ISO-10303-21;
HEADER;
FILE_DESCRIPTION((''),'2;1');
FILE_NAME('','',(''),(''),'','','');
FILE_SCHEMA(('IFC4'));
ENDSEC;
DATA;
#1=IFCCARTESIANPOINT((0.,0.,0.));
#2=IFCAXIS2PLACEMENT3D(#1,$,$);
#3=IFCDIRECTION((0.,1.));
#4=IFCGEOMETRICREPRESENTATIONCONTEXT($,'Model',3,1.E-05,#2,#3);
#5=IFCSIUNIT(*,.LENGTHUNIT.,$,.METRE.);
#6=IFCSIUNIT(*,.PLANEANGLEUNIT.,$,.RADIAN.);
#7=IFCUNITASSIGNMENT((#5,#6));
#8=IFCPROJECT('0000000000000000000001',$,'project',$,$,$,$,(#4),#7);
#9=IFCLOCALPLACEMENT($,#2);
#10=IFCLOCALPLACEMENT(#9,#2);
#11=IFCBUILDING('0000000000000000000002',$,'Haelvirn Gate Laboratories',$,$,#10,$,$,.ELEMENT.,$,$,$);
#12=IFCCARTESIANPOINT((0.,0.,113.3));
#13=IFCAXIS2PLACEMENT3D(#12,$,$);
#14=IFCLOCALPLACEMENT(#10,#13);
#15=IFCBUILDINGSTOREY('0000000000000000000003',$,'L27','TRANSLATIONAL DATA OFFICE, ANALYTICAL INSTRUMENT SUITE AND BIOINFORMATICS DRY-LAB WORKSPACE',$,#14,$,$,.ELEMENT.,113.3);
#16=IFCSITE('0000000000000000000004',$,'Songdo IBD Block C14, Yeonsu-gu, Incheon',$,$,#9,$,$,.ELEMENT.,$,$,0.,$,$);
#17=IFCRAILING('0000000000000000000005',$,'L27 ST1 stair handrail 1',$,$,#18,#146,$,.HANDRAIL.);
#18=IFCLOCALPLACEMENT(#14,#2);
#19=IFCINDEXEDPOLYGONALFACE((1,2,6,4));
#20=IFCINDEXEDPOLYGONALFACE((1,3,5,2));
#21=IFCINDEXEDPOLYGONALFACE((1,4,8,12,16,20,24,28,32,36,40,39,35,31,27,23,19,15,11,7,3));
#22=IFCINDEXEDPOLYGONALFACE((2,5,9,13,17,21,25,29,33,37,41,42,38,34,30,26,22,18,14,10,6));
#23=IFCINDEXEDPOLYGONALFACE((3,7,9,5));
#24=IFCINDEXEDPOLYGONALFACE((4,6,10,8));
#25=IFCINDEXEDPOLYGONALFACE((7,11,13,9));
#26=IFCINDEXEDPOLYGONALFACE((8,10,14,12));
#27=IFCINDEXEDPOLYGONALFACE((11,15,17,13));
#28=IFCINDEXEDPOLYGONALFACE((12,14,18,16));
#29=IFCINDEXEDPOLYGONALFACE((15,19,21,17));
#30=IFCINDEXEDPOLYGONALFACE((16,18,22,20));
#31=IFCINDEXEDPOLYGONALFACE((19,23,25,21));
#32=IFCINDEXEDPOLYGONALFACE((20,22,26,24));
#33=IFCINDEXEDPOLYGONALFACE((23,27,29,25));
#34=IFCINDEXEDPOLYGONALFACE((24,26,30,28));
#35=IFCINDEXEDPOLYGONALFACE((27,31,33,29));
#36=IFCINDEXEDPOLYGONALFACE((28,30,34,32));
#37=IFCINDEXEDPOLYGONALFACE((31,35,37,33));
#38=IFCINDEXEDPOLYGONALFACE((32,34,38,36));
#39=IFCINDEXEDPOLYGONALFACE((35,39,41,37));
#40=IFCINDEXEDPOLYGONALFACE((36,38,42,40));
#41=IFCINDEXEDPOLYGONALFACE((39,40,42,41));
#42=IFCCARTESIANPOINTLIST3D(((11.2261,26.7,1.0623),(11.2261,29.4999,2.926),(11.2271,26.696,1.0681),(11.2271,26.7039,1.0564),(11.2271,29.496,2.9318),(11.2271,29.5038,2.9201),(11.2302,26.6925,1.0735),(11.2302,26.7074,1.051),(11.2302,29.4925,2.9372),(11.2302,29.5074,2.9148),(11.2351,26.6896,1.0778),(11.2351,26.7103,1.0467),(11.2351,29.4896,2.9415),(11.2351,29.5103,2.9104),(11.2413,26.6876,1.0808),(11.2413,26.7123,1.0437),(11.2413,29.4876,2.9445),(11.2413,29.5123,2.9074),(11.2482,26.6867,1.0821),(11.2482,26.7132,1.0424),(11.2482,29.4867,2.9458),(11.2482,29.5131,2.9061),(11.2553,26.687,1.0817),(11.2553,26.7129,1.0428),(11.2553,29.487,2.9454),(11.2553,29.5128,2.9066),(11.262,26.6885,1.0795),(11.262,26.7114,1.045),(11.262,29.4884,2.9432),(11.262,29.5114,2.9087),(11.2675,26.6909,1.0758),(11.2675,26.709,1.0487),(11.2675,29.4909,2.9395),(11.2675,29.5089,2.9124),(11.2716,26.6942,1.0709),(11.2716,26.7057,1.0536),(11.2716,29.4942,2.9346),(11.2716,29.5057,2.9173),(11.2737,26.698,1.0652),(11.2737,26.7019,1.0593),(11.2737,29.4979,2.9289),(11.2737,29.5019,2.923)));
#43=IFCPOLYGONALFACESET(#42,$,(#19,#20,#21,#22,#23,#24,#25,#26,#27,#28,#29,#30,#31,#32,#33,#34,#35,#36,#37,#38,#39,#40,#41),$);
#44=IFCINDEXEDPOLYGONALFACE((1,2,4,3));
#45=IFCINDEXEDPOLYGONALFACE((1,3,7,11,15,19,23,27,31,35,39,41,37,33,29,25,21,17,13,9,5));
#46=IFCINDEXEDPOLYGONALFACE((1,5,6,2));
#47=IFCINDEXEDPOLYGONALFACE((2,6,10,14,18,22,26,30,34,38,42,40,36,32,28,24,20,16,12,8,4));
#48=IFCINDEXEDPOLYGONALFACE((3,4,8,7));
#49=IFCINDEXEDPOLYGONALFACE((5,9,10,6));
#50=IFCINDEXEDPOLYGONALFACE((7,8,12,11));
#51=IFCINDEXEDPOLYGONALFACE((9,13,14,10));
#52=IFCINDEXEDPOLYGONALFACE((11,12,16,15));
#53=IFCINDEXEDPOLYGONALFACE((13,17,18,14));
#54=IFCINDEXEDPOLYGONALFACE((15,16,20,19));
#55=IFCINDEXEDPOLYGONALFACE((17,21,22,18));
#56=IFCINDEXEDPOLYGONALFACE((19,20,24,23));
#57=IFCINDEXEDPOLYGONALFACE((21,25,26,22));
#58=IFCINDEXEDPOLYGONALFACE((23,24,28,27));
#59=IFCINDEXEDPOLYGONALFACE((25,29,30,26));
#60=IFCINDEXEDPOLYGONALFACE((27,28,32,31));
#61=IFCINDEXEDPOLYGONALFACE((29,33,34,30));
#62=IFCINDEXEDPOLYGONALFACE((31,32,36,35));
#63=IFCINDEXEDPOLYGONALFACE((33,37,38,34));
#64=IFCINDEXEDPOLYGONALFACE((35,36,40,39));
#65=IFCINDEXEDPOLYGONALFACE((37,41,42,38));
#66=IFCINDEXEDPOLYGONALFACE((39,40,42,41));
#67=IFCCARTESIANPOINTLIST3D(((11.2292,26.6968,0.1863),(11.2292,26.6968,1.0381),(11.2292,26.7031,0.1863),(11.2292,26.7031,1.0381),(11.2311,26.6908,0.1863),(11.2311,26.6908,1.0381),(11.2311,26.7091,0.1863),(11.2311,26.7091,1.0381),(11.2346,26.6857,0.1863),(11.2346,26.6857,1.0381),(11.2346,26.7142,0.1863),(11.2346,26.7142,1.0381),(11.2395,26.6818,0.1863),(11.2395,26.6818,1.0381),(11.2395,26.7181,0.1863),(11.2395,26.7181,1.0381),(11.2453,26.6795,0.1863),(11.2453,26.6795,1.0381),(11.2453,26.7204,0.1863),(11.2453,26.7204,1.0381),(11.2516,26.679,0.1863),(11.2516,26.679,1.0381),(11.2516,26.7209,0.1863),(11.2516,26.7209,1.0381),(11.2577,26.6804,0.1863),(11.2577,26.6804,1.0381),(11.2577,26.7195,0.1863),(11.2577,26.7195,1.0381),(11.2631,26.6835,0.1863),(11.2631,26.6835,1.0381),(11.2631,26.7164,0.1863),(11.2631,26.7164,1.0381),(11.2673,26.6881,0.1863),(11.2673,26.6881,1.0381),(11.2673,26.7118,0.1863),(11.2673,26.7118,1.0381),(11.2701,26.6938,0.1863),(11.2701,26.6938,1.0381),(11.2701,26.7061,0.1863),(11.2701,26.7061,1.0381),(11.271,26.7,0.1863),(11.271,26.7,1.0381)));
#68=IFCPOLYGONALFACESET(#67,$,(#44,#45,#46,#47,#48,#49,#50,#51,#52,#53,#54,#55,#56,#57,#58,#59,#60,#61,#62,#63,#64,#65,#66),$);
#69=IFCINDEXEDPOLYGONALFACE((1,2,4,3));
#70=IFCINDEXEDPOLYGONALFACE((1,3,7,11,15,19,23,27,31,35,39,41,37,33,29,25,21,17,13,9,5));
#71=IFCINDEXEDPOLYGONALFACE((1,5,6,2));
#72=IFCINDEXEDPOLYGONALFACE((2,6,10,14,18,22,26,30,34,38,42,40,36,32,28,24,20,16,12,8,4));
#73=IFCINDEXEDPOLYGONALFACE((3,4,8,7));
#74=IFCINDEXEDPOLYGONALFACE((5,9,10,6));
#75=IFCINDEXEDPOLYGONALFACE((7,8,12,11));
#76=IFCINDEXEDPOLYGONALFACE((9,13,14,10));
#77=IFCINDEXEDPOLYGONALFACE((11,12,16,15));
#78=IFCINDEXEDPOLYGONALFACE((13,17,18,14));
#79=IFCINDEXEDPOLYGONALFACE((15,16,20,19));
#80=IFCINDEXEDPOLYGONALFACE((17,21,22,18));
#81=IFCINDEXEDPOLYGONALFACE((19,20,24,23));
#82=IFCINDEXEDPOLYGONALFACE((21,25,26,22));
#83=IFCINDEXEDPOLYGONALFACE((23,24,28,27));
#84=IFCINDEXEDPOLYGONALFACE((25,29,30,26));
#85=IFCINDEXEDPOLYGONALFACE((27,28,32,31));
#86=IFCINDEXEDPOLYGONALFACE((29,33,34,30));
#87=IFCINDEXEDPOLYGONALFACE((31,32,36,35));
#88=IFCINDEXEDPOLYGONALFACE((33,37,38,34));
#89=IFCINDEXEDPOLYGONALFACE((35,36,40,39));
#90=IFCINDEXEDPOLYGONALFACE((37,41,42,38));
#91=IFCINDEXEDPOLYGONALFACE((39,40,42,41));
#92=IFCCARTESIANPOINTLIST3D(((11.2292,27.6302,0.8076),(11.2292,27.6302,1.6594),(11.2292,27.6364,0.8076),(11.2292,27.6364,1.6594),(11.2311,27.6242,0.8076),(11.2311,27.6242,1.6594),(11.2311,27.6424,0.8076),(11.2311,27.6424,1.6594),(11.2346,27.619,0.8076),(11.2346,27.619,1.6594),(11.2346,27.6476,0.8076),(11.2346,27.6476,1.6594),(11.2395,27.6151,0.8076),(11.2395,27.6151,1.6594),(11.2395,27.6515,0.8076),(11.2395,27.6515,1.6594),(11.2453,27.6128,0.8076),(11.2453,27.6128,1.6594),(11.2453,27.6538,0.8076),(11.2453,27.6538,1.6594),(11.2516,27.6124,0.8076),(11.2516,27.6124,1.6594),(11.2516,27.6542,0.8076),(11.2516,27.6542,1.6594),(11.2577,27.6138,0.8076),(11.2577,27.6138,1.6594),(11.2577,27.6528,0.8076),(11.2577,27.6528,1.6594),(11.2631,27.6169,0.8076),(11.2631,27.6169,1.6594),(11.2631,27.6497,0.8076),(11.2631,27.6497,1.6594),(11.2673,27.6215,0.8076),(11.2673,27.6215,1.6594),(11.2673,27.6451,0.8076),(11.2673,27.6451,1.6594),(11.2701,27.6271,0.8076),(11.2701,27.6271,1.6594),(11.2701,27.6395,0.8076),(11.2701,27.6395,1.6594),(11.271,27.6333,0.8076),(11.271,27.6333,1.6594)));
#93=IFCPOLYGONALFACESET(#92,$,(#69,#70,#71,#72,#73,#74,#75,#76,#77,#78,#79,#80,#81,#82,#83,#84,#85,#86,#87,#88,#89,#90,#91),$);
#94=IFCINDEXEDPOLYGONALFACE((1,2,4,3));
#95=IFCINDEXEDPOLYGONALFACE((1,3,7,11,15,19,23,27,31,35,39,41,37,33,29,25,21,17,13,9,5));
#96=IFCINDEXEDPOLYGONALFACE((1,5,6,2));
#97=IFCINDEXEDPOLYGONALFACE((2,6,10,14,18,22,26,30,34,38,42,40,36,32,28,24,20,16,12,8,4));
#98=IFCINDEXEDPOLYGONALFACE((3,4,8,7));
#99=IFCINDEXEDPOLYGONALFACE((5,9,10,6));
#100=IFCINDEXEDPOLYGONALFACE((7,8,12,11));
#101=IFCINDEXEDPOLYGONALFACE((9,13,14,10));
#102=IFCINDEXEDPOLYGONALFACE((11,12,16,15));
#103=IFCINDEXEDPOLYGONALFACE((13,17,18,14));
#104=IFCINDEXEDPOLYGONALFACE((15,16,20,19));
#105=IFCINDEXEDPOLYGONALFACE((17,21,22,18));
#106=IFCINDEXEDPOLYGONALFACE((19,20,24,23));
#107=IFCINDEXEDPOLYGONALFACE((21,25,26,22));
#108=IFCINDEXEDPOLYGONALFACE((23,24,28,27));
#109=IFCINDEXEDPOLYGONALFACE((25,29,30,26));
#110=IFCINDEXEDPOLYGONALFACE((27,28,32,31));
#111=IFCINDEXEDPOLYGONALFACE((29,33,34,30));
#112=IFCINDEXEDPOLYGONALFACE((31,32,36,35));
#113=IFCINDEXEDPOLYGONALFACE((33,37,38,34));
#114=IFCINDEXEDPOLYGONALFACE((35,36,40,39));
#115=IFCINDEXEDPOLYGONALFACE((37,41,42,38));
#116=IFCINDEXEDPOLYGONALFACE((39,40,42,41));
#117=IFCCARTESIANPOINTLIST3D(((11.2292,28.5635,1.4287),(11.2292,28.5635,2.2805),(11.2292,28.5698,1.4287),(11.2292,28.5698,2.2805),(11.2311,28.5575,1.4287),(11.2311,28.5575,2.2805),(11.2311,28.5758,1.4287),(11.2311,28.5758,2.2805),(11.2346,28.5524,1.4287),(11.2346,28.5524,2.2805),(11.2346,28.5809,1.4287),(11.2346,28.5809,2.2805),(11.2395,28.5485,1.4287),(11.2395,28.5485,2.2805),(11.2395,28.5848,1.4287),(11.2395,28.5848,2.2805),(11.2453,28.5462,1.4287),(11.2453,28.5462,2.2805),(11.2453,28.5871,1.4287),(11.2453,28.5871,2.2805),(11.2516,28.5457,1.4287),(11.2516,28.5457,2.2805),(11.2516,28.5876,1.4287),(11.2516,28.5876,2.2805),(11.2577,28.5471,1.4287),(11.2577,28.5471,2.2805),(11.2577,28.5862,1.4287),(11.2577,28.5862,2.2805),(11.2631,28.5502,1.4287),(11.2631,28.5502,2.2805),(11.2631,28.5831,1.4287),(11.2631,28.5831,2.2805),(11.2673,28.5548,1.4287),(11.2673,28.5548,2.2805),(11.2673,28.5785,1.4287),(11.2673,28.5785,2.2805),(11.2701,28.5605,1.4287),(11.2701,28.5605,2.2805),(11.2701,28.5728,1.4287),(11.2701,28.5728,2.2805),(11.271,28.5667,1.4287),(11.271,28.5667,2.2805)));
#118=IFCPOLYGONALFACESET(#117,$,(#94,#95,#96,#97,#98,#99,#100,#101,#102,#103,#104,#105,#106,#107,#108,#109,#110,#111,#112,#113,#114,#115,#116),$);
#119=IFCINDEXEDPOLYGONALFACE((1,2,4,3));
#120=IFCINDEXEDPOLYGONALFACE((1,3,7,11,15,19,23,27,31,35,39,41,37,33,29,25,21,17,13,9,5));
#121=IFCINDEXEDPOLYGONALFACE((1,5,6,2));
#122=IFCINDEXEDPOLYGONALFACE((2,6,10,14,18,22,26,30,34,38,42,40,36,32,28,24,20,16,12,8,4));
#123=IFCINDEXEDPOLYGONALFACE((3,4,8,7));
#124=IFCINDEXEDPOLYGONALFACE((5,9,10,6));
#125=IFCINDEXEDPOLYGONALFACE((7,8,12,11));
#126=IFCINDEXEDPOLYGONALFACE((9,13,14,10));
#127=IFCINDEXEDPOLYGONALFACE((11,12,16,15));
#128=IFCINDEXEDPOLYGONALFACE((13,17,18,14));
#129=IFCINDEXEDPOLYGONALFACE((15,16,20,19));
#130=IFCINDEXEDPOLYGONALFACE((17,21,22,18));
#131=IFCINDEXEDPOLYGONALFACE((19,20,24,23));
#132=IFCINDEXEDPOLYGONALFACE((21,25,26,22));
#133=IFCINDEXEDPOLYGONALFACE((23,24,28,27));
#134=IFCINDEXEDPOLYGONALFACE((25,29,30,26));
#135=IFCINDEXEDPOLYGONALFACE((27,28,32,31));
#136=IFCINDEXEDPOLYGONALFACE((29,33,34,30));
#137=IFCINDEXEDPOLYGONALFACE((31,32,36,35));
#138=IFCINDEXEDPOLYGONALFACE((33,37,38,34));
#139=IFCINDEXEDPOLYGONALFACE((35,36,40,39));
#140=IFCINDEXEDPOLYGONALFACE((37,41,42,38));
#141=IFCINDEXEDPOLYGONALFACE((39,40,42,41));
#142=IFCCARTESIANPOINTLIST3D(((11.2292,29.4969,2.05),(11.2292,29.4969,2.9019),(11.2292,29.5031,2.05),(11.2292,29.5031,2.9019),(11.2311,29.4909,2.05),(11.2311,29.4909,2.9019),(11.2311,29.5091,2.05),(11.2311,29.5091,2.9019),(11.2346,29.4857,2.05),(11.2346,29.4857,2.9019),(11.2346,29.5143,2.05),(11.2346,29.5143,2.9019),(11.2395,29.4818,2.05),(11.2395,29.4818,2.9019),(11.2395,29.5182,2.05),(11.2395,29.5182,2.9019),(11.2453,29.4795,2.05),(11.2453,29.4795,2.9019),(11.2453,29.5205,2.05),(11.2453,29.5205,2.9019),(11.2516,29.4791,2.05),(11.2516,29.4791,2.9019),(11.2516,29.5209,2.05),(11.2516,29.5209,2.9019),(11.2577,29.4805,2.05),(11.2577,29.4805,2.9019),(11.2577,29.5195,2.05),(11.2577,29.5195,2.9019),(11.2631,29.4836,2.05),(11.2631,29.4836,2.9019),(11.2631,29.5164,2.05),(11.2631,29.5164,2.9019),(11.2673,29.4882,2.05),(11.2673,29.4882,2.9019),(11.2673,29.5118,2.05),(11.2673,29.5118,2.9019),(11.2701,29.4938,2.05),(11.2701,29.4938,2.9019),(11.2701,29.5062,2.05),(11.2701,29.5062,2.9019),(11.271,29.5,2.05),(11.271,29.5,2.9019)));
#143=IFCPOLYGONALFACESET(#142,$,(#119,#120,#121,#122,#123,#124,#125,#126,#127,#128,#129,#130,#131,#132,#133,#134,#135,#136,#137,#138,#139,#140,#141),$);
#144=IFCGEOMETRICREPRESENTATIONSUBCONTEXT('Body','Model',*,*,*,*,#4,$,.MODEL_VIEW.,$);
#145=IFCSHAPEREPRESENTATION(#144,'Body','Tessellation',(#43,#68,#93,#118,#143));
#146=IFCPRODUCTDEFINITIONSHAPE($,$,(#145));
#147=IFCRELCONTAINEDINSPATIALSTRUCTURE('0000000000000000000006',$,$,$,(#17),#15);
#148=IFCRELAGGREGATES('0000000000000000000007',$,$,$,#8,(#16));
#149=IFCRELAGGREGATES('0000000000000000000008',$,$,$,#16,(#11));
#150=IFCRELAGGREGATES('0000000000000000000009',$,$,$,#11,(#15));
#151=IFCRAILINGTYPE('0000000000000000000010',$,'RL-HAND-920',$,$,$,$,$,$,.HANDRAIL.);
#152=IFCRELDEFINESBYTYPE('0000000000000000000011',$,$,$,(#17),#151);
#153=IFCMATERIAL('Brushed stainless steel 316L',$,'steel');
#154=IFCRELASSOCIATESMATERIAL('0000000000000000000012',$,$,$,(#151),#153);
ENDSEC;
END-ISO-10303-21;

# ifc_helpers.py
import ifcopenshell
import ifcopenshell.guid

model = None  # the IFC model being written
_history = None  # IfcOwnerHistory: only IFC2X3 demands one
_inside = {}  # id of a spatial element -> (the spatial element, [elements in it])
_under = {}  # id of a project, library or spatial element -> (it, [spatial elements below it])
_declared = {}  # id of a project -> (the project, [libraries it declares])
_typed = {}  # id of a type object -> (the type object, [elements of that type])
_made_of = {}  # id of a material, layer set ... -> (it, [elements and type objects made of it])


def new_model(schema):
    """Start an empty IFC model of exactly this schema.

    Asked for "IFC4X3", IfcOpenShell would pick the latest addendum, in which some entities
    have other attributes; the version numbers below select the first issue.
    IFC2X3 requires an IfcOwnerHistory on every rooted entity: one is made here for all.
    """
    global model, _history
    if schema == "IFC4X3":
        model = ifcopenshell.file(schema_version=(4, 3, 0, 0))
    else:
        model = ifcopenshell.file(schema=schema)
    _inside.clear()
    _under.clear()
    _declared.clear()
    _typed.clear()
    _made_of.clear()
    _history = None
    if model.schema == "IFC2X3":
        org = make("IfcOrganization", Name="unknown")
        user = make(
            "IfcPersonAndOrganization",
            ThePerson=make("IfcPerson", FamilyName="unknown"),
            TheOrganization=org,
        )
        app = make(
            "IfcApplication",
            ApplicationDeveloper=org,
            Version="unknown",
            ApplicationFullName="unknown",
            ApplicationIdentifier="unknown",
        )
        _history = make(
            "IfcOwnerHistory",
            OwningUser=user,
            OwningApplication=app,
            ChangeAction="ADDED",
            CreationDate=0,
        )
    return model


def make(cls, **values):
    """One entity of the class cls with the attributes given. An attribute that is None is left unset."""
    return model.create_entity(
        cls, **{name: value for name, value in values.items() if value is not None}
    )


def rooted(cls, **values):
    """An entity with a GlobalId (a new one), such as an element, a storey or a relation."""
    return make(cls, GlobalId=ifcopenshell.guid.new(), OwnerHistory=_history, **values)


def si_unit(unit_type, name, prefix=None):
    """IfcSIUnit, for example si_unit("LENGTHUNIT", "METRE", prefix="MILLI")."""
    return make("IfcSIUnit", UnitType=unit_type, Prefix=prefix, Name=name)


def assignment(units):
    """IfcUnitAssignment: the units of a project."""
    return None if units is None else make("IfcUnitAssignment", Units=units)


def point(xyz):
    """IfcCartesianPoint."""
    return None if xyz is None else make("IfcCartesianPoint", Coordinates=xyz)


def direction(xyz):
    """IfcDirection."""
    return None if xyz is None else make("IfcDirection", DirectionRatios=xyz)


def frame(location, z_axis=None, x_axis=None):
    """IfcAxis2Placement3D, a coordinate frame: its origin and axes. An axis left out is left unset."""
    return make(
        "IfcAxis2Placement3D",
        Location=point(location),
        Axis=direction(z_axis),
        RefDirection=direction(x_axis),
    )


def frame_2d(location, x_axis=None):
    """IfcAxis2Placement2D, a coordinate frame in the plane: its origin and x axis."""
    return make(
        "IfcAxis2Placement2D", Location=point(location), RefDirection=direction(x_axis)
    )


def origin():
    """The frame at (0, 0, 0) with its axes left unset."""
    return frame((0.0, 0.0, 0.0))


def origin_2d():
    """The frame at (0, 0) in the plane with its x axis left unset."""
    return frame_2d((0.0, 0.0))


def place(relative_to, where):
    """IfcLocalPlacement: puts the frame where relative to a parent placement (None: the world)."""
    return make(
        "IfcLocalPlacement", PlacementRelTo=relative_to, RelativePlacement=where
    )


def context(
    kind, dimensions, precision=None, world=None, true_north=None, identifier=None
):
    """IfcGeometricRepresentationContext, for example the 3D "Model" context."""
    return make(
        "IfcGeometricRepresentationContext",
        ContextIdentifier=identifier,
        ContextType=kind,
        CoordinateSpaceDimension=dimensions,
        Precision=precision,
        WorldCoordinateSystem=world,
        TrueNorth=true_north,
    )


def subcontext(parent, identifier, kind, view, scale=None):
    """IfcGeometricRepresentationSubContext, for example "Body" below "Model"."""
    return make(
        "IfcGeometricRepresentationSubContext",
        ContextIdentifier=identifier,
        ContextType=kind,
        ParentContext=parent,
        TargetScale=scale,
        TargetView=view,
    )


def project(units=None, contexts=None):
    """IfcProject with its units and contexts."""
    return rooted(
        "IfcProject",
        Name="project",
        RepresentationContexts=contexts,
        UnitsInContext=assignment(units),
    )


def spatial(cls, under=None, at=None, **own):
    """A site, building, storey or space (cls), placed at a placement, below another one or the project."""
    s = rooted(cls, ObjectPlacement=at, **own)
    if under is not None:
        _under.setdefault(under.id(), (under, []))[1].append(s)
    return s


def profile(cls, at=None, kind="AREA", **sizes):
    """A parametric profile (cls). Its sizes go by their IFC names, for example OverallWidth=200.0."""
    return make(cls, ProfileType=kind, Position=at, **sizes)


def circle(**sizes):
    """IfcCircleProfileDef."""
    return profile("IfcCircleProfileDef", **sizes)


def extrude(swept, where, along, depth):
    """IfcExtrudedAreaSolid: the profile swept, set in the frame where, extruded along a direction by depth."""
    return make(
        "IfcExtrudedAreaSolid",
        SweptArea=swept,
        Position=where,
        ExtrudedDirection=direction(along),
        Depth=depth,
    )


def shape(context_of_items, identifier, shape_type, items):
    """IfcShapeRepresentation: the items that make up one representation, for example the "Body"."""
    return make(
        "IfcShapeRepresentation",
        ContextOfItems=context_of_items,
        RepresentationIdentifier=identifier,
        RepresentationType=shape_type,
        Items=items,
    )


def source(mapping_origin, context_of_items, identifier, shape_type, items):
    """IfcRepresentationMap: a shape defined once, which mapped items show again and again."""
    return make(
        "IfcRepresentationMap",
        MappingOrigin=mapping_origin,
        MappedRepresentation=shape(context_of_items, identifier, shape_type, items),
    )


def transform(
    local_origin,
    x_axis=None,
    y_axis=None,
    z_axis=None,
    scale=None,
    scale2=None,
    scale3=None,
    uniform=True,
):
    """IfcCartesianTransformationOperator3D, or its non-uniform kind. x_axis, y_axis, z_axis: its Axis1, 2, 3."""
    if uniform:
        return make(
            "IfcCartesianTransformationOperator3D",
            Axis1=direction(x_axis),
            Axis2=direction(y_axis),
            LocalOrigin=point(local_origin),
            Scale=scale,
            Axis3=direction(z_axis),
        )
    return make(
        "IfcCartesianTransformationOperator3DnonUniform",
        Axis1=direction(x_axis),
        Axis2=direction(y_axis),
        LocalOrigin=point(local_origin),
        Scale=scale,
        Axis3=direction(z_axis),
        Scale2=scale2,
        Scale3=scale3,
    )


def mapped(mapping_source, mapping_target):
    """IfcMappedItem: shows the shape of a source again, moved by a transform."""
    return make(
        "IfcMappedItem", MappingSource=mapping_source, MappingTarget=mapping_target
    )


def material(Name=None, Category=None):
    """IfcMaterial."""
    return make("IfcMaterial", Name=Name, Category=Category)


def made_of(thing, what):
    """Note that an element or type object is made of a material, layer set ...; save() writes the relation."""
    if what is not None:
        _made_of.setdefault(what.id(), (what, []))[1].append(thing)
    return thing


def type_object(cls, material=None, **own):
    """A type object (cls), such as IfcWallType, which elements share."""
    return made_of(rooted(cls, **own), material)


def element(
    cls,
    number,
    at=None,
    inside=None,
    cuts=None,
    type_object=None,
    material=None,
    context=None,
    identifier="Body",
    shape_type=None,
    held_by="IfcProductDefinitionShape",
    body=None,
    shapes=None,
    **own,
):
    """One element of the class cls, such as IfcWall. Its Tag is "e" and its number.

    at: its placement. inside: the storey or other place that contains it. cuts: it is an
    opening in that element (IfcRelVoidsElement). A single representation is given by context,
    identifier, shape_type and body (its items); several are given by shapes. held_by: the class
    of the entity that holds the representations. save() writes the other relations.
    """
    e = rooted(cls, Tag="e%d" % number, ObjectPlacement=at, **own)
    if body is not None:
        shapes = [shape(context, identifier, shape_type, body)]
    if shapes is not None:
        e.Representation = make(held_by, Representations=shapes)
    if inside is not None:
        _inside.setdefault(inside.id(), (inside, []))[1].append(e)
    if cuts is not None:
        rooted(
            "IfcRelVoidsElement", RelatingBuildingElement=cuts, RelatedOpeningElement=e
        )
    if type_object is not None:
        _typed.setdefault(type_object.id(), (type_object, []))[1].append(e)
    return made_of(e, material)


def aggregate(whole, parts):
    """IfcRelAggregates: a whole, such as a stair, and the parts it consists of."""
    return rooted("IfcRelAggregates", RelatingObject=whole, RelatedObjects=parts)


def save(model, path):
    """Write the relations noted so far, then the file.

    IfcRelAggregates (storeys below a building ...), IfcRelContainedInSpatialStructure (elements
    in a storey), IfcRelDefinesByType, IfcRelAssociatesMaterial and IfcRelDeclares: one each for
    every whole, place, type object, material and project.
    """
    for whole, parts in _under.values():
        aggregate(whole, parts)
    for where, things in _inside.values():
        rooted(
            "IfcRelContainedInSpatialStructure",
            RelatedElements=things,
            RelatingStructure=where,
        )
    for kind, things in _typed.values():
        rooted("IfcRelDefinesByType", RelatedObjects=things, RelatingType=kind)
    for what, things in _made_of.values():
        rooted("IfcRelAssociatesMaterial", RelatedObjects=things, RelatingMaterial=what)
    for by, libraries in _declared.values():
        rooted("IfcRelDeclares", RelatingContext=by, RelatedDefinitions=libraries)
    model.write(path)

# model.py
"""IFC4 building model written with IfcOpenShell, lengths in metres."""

from ifc_helpers import new_model, si_unit, direction, frame, origin, origin_2d, place, context, subcontext, project, spatial, circle, extrude, source, transform, mapped, material, type_object, element, save


model = new_model("IFC4")

# Units and contexts
model_context = context("Model", 3, precision=1e-05, world=origin(), true_north=direction((0.0, 1.0)))
body_context = subcontext(model_context, "Body", "Model", "MODEL_VIEW")
ifc_project = project(units=[si_unit("LENGTHUNIT", "METRE"), si_unit("PLANEANGLEUNIT", "RADIAN")], contexts=[model_context])

# Site, building, storey
site_placement = place(None, origin())
site = spatial("IfcSite", under=ifc_project, at=site_placement, Name="Songdo IBD Block C14, Yeonsu-gu, Incheon", CompositionType="ELEMENT", RefElevation=0.0)
building_placement = place(site_placement, origin())
building = spatial("IfcBuilding", under=site, at=building_placement, Name="Haelvirn Gate Laboratories", CompositionType="ELEMENT")
storey_placement = place(building_placement, frame((0.0, 0.0, 113.3)))
storey = spatial("IfcBuildingStorey", under=building, at=storey_placement, Name="L27", Description="TRANSLATIONAL DATA OFFICE, ANALYTICAL INSTRUMENT SUITE AND BIOINFORMATICS DRY-LAB WORKSPACE", CompositionType="ELEMENT", Elevation=113.3)

# Railing
ifc_material_1 = material(Name="Brushed stainless steel 316L", Category="steel")
railing_type_1 = type_object("IfcRailingType", Name="RL-HAND-920", PredefinedType="HANDRAIL", material=ifc_material_1)
shared_shape_1 = source(origin(), body_context, "Body", "SweptSolid", [
    extrude(circle(Radius=0.0239, at=origin_2d()), frame((0.0, 0.0, 0.876), z_axis=(0.0, 0.832452, 0.554097), x_axis=(-1.0, 0.0, 0.0)), (0.0, 0.0, 1.0), 3.3635),
    extrude(circle(Radius=0.021, at=origin_2d()), origin(), (0.0, 0.0, 1.0), 0.8518),
    extrude(circle(Radius=0.021, at=origin_2d()), frame((0.0, 0.9333, 0.6213)), (0.0, 0.0, 1.0), 0.8518),
    extrude(circle(Radius=0.021, at=origin_2d()), frame((0.0, 1.8667, 1.2424)), (0.0, 0.0, 1.0), 0.8518),
    extrude(circle(Radius=0.021, at=origin_2d()), frame((0.0, 2.8, 1.8638)), (0.0, 0.0, 1.0), 0.8518),
])
railing_1_placement = place(storey_placement, frame((11.25, 26.7, 0.1863)))
element("IfcRailing", 1, at=railing_1_placement, inside=storey, type_object=railing_type_1, Name="L27 ST1 stair handrail 1", PredefinedType="HANDRAIL", context=body_context, shape_type="MappedRepresentation", body=[
    mapped(shared_shape_1, transform((0.0, 0.0, 0.0), scale=1.0)),
])

save(model, "model.ifc")
